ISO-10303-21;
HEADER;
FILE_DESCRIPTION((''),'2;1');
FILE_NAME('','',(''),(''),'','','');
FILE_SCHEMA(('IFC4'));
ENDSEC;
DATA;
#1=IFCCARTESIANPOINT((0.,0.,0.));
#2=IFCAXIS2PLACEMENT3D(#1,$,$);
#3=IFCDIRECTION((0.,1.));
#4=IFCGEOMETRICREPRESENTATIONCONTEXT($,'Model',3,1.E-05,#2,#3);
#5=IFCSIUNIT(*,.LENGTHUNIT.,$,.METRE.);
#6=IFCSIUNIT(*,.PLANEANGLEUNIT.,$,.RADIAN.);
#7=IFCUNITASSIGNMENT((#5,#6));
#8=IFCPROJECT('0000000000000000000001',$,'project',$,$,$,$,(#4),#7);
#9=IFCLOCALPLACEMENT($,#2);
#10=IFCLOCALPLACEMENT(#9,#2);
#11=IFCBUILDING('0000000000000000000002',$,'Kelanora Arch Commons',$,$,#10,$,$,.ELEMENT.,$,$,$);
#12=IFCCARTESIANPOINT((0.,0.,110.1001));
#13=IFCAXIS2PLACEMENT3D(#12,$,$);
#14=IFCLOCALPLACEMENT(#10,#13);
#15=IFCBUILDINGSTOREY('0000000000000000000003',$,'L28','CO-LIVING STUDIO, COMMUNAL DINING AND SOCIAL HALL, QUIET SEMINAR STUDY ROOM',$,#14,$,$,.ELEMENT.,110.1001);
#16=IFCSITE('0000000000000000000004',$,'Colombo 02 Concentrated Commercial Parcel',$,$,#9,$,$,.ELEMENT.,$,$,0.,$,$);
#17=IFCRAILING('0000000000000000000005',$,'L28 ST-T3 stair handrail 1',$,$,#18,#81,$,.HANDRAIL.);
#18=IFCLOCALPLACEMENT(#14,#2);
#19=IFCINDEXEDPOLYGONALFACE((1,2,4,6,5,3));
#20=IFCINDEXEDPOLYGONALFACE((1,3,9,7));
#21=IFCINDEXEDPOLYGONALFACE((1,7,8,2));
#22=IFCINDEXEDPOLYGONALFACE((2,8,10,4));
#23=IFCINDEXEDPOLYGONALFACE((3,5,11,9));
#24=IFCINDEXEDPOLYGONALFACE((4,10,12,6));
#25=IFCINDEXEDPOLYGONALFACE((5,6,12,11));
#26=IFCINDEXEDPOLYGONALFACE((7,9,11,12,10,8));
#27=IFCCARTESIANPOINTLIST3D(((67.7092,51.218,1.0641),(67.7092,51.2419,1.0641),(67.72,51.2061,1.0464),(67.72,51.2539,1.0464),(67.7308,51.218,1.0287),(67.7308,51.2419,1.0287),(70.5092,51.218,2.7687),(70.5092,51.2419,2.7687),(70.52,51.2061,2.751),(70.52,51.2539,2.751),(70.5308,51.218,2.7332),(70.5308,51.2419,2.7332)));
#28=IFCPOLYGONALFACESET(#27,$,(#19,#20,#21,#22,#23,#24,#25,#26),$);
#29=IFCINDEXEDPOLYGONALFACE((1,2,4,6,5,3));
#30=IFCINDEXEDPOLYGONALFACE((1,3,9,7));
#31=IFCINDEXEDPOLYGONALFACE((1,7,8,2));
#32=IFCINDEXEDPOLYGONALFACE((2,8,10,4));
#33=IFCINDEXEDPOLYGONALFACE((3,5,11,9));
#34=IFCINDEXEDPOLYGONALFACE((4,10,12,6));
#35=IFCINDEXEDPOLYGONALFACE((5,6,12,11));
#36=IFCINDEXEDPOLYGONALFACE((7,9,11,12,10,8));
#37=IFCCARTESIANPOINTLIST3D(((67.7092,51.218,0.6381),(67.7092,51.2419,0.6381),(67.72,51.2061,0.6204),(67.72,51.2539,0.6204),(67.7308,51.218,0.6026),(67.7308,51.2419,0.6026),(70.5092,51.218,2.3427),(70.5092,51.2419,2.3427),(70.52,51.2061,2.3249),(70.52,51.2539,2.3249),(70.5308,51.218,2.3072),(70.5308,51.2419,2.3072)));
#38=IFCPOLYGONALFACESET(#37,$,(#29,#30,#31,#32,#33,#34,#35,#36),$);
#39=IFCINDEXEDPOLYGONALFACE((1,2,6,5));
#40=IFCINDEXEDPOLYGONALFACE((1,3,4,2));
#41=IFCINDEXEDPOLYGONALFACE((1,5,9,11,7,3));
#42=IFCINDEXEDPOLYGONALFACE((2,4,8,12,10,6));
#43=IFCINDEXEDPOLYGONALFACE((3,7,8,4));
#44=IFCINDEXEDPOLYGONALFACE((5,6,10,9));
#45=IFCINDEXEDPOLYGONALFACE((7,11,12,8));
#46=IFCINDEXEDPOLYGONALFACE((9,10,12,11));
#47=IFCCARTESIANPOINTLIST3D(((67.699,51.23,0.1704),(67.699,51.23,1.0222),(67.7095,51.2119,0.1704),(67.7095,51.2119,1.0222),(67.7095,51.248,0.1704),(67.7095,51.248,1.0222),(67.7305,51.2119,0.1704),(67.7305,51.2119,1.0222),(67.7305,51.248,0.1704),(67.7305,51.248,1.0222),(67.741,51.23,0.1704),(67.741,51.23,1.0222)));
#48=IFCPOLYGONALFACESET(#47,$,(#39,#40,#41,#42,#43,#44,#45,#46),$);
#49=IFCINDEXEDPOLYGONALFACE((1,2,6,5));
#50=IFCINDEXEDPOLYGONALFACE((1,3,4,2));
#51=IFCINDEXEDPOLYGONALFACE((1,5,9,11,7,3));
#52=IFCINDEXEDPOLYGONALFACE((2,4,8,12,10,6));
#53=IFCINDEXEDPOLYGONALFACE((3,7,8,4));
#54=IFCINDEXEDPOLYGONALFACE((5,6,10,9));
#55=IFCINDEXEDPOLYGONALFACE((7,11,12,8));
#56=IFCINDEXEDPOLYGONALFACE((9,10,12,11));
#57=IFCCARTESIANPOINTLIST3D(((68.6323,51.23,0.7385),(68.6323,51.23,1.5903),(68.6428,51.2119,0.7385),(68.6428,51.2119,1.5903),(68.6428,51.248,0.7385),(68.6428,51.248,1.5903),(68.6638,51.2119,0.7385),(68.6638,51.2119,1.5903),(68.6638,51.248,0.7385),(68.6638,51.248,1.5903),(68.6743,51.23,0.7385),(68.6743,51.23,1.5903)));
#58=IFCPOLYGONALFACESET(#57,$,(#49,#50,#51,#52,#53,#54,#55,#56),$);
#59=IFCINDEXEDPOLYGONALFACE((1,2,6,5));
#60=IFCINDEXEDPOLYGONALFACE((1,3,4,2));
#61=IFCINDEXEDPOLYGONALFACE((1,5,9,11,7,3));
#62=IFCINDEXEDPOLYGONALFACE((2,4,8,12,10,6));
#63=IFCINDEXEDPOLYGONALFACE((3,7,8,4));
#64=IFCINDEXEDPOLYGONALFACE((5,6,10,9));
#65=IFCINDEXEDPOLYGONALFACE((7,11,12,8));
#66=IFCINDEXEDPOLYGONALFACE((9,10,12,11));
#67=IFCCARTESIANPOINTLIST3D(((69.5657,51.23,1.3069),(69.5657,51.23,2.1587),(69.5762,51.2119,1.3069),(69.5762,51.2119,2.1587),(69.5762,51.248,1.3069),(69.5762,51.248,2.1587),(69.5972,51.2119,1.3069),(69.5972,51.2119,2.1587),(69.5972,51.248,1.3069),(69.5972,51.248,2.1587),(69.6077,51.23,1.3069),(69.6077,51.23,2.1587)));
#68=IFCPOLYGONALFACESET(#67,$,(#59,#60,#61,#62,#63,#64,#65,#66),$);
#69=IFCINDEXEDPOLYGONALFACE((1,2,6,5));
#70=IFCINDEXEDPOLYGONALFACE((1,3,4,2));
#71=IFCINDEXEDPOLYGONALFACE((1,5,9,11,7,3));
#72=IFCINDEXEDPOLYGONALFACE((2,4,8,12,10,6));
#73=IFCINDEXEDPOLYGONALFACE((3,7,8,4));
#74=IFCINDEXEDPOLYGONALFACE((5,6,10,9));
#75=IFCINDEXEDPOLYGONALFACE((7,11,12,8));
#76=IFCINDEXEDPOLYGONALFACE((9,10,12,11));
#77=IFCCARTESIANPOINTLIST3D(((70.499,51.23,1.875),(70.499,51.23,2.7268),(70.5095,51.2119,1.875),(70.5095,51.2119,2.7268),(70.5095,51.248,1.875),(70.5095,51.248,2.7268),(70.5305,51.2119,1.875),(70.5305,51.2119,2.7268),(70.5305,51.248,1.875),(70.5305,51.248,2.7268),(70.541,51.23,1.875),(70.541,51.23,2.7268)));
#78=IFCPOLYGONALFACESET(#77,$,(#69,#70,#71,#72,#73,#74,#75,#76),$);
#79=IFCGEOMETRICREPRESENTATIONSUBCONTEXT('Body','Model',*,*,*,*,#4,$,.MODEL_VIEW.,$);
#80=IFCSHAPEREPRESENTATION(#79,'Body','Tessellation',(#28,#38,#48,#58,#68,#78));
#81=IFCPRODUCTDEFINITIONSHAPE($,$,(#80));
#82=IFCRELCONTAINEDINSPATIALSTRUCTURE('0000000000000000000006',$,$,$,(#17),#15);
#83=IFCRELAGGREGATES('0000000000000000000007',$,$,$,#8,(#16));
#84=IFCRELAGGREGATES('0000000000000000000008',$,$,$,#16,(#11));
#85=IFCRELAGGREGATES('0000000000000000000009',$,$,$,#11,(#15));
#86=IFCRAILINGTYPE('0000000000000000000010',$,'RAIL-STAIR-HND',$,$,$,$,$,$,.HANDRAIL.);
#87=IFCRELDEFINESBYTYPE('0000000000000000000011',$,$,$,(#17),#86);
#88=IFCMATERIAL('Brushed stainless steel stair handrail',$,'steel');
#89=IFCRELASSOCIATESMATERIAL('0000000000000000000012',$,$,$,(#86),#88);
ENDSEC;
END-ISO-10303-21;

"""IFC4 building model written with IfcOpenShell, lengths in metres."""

from ifc_helpers import new_model, si_unit, direction, frame, origin, place, context, subcontext, project, spatial, polyline, outline, extrude, material, type_object, element, save


model = new_model("IFC4")

# Units and contexts
model_context = context("Model", 3, precision=1e-05, world=origin(), true_north=direction((0.0, 1.0)))
body_context = subcontext(model_context, "Body", "Model", "MODEL_VIEW")
ifc_project = project(units=[si_unit("LENGTHUNIT", "METRE"), si_unit("PLANEANGLEUNIT", "RADIAN")], contexts=[model_context])

# Site, building, storey
site_placement = place(None, origin())
site = spatial("IfcSite", under=ifc_project, at=site_placement, Name="Colombo 02 Concentrated Commercial Parcel", CompositionType="ELEMENT", RefElevation=0.0)
building_placement = place(site_placement, origin())
building = spatial("IfcBuilding", under=site, at=building_placement, Name="Kelanora Arch Commons", CompositionType="ELEMENT")
storey_placement = place(building_placement, frame((0.0, 0.0, 110.1001)))
storey = spatial("IfcBuildingStorey", under=building, at=storey_placement, Name="L28", Description="CO-LIVING STUDIO, COMMUNAL DINING AND SOCIAL HALL, QUIET SEMINAR STUDY ROOM", CompositionType="ELEMENT", Elevation=110.1001)

# Railing
ifc_material_1 = material(Name="Brushed stainless steel stair handrail", Category="steel")
railing_type_1 = type_object("IfcRailingType", Name="RAIL-STAIR-HND", PredefinedType="HANDRAIL", material=ifc_material_1)
railing_1_placement = place(storey_placement, frame((67.72, 51.23, 0.1704)))
element("IfcRailing", 1, at=railing_1_placement, inside=storey, type_object=railing_type_1, Name="L28 ST-T3 stair handrail 1", PredefinedType="HANDRAIL", context=body_context, shape_type="SweptSolid", body=[
    extrude(outline(polyline([(0.0239, 0.0), (0.012, 0.0208), (-0.012, 0.0208), (-0.0239, 0.0), (-0.012, -0.0208), (0.012, -0.0208), (0.0239, 0.0)])), frame((0.0, 0.0, 0.876), z_axis=(0.85417, 0.0, 0.519994), x_axis=(0.0, 1.0, 0.0)), (0.0, 0.0, 1.0), 3.2781),
    extrude(outline(polyline([(0.0239, 0.0), (0.012, 0.0208), (-0.012, 0.0208), (-0.0239, 0.0), (-0.012, -0.0208), (0.012, -0.0208), (0.0239, 0.0)])), frame((0.0, 0.0, 0.45), z_axis=(0.85417, 0.0, 0.519994), x_axis=(0.0, 1.0, 0.0)), (0.0, 0.0, 1.0), 3.2781),
    extrude(outline(polyline([(0.021, 0.0), (0.0105, 0.0181), (-0.0105, 0.0181), (-0.021, 0.0), (-0.0105, -0.0181), (0.0105, -0.0181), (0.021, 0.0)])), origin(), (0.0, 0.0, 1.0), 0.8518),
    extrude(outline(polyline([(0.021, 0.0), (0.0105, 0.0181), (-0.0105, 0.0181), (-0.021, 0.0), (-0.0105, -0.0181), (0.0105, -0.0181), (0.021, 0.0)])), frame((0.9333, 0.0, 0.5681)), (0.0, 0.0, 1.0), 0.8518),
    extrude(outline(polyline([(0.021, 0.0), (0.0105, 0.0181), (-0.0105, 0.0181), (-0.021, 0.0), (-0.0105, -0.0181), (0.0105, -0.0181), (0.021, 0.0)])), frame((1.8667, 0.0, 1.1365)), (0.0, 0.0, 1.0), 0.8518),
    extrude(outline(polyline([(0.021, 0.0), (0.0105, 0.0181), (-0.0105, 0.0181), (-0.021, 0.0), (-0.0105, -0.0181), (0.0105, -0.0181), (0.021, 0.0)])), frame((2.8, 0.0, 1.7046)), (0.0, 0.0, 1.0), 0.8518),
])

save(model, "model.ifc")
